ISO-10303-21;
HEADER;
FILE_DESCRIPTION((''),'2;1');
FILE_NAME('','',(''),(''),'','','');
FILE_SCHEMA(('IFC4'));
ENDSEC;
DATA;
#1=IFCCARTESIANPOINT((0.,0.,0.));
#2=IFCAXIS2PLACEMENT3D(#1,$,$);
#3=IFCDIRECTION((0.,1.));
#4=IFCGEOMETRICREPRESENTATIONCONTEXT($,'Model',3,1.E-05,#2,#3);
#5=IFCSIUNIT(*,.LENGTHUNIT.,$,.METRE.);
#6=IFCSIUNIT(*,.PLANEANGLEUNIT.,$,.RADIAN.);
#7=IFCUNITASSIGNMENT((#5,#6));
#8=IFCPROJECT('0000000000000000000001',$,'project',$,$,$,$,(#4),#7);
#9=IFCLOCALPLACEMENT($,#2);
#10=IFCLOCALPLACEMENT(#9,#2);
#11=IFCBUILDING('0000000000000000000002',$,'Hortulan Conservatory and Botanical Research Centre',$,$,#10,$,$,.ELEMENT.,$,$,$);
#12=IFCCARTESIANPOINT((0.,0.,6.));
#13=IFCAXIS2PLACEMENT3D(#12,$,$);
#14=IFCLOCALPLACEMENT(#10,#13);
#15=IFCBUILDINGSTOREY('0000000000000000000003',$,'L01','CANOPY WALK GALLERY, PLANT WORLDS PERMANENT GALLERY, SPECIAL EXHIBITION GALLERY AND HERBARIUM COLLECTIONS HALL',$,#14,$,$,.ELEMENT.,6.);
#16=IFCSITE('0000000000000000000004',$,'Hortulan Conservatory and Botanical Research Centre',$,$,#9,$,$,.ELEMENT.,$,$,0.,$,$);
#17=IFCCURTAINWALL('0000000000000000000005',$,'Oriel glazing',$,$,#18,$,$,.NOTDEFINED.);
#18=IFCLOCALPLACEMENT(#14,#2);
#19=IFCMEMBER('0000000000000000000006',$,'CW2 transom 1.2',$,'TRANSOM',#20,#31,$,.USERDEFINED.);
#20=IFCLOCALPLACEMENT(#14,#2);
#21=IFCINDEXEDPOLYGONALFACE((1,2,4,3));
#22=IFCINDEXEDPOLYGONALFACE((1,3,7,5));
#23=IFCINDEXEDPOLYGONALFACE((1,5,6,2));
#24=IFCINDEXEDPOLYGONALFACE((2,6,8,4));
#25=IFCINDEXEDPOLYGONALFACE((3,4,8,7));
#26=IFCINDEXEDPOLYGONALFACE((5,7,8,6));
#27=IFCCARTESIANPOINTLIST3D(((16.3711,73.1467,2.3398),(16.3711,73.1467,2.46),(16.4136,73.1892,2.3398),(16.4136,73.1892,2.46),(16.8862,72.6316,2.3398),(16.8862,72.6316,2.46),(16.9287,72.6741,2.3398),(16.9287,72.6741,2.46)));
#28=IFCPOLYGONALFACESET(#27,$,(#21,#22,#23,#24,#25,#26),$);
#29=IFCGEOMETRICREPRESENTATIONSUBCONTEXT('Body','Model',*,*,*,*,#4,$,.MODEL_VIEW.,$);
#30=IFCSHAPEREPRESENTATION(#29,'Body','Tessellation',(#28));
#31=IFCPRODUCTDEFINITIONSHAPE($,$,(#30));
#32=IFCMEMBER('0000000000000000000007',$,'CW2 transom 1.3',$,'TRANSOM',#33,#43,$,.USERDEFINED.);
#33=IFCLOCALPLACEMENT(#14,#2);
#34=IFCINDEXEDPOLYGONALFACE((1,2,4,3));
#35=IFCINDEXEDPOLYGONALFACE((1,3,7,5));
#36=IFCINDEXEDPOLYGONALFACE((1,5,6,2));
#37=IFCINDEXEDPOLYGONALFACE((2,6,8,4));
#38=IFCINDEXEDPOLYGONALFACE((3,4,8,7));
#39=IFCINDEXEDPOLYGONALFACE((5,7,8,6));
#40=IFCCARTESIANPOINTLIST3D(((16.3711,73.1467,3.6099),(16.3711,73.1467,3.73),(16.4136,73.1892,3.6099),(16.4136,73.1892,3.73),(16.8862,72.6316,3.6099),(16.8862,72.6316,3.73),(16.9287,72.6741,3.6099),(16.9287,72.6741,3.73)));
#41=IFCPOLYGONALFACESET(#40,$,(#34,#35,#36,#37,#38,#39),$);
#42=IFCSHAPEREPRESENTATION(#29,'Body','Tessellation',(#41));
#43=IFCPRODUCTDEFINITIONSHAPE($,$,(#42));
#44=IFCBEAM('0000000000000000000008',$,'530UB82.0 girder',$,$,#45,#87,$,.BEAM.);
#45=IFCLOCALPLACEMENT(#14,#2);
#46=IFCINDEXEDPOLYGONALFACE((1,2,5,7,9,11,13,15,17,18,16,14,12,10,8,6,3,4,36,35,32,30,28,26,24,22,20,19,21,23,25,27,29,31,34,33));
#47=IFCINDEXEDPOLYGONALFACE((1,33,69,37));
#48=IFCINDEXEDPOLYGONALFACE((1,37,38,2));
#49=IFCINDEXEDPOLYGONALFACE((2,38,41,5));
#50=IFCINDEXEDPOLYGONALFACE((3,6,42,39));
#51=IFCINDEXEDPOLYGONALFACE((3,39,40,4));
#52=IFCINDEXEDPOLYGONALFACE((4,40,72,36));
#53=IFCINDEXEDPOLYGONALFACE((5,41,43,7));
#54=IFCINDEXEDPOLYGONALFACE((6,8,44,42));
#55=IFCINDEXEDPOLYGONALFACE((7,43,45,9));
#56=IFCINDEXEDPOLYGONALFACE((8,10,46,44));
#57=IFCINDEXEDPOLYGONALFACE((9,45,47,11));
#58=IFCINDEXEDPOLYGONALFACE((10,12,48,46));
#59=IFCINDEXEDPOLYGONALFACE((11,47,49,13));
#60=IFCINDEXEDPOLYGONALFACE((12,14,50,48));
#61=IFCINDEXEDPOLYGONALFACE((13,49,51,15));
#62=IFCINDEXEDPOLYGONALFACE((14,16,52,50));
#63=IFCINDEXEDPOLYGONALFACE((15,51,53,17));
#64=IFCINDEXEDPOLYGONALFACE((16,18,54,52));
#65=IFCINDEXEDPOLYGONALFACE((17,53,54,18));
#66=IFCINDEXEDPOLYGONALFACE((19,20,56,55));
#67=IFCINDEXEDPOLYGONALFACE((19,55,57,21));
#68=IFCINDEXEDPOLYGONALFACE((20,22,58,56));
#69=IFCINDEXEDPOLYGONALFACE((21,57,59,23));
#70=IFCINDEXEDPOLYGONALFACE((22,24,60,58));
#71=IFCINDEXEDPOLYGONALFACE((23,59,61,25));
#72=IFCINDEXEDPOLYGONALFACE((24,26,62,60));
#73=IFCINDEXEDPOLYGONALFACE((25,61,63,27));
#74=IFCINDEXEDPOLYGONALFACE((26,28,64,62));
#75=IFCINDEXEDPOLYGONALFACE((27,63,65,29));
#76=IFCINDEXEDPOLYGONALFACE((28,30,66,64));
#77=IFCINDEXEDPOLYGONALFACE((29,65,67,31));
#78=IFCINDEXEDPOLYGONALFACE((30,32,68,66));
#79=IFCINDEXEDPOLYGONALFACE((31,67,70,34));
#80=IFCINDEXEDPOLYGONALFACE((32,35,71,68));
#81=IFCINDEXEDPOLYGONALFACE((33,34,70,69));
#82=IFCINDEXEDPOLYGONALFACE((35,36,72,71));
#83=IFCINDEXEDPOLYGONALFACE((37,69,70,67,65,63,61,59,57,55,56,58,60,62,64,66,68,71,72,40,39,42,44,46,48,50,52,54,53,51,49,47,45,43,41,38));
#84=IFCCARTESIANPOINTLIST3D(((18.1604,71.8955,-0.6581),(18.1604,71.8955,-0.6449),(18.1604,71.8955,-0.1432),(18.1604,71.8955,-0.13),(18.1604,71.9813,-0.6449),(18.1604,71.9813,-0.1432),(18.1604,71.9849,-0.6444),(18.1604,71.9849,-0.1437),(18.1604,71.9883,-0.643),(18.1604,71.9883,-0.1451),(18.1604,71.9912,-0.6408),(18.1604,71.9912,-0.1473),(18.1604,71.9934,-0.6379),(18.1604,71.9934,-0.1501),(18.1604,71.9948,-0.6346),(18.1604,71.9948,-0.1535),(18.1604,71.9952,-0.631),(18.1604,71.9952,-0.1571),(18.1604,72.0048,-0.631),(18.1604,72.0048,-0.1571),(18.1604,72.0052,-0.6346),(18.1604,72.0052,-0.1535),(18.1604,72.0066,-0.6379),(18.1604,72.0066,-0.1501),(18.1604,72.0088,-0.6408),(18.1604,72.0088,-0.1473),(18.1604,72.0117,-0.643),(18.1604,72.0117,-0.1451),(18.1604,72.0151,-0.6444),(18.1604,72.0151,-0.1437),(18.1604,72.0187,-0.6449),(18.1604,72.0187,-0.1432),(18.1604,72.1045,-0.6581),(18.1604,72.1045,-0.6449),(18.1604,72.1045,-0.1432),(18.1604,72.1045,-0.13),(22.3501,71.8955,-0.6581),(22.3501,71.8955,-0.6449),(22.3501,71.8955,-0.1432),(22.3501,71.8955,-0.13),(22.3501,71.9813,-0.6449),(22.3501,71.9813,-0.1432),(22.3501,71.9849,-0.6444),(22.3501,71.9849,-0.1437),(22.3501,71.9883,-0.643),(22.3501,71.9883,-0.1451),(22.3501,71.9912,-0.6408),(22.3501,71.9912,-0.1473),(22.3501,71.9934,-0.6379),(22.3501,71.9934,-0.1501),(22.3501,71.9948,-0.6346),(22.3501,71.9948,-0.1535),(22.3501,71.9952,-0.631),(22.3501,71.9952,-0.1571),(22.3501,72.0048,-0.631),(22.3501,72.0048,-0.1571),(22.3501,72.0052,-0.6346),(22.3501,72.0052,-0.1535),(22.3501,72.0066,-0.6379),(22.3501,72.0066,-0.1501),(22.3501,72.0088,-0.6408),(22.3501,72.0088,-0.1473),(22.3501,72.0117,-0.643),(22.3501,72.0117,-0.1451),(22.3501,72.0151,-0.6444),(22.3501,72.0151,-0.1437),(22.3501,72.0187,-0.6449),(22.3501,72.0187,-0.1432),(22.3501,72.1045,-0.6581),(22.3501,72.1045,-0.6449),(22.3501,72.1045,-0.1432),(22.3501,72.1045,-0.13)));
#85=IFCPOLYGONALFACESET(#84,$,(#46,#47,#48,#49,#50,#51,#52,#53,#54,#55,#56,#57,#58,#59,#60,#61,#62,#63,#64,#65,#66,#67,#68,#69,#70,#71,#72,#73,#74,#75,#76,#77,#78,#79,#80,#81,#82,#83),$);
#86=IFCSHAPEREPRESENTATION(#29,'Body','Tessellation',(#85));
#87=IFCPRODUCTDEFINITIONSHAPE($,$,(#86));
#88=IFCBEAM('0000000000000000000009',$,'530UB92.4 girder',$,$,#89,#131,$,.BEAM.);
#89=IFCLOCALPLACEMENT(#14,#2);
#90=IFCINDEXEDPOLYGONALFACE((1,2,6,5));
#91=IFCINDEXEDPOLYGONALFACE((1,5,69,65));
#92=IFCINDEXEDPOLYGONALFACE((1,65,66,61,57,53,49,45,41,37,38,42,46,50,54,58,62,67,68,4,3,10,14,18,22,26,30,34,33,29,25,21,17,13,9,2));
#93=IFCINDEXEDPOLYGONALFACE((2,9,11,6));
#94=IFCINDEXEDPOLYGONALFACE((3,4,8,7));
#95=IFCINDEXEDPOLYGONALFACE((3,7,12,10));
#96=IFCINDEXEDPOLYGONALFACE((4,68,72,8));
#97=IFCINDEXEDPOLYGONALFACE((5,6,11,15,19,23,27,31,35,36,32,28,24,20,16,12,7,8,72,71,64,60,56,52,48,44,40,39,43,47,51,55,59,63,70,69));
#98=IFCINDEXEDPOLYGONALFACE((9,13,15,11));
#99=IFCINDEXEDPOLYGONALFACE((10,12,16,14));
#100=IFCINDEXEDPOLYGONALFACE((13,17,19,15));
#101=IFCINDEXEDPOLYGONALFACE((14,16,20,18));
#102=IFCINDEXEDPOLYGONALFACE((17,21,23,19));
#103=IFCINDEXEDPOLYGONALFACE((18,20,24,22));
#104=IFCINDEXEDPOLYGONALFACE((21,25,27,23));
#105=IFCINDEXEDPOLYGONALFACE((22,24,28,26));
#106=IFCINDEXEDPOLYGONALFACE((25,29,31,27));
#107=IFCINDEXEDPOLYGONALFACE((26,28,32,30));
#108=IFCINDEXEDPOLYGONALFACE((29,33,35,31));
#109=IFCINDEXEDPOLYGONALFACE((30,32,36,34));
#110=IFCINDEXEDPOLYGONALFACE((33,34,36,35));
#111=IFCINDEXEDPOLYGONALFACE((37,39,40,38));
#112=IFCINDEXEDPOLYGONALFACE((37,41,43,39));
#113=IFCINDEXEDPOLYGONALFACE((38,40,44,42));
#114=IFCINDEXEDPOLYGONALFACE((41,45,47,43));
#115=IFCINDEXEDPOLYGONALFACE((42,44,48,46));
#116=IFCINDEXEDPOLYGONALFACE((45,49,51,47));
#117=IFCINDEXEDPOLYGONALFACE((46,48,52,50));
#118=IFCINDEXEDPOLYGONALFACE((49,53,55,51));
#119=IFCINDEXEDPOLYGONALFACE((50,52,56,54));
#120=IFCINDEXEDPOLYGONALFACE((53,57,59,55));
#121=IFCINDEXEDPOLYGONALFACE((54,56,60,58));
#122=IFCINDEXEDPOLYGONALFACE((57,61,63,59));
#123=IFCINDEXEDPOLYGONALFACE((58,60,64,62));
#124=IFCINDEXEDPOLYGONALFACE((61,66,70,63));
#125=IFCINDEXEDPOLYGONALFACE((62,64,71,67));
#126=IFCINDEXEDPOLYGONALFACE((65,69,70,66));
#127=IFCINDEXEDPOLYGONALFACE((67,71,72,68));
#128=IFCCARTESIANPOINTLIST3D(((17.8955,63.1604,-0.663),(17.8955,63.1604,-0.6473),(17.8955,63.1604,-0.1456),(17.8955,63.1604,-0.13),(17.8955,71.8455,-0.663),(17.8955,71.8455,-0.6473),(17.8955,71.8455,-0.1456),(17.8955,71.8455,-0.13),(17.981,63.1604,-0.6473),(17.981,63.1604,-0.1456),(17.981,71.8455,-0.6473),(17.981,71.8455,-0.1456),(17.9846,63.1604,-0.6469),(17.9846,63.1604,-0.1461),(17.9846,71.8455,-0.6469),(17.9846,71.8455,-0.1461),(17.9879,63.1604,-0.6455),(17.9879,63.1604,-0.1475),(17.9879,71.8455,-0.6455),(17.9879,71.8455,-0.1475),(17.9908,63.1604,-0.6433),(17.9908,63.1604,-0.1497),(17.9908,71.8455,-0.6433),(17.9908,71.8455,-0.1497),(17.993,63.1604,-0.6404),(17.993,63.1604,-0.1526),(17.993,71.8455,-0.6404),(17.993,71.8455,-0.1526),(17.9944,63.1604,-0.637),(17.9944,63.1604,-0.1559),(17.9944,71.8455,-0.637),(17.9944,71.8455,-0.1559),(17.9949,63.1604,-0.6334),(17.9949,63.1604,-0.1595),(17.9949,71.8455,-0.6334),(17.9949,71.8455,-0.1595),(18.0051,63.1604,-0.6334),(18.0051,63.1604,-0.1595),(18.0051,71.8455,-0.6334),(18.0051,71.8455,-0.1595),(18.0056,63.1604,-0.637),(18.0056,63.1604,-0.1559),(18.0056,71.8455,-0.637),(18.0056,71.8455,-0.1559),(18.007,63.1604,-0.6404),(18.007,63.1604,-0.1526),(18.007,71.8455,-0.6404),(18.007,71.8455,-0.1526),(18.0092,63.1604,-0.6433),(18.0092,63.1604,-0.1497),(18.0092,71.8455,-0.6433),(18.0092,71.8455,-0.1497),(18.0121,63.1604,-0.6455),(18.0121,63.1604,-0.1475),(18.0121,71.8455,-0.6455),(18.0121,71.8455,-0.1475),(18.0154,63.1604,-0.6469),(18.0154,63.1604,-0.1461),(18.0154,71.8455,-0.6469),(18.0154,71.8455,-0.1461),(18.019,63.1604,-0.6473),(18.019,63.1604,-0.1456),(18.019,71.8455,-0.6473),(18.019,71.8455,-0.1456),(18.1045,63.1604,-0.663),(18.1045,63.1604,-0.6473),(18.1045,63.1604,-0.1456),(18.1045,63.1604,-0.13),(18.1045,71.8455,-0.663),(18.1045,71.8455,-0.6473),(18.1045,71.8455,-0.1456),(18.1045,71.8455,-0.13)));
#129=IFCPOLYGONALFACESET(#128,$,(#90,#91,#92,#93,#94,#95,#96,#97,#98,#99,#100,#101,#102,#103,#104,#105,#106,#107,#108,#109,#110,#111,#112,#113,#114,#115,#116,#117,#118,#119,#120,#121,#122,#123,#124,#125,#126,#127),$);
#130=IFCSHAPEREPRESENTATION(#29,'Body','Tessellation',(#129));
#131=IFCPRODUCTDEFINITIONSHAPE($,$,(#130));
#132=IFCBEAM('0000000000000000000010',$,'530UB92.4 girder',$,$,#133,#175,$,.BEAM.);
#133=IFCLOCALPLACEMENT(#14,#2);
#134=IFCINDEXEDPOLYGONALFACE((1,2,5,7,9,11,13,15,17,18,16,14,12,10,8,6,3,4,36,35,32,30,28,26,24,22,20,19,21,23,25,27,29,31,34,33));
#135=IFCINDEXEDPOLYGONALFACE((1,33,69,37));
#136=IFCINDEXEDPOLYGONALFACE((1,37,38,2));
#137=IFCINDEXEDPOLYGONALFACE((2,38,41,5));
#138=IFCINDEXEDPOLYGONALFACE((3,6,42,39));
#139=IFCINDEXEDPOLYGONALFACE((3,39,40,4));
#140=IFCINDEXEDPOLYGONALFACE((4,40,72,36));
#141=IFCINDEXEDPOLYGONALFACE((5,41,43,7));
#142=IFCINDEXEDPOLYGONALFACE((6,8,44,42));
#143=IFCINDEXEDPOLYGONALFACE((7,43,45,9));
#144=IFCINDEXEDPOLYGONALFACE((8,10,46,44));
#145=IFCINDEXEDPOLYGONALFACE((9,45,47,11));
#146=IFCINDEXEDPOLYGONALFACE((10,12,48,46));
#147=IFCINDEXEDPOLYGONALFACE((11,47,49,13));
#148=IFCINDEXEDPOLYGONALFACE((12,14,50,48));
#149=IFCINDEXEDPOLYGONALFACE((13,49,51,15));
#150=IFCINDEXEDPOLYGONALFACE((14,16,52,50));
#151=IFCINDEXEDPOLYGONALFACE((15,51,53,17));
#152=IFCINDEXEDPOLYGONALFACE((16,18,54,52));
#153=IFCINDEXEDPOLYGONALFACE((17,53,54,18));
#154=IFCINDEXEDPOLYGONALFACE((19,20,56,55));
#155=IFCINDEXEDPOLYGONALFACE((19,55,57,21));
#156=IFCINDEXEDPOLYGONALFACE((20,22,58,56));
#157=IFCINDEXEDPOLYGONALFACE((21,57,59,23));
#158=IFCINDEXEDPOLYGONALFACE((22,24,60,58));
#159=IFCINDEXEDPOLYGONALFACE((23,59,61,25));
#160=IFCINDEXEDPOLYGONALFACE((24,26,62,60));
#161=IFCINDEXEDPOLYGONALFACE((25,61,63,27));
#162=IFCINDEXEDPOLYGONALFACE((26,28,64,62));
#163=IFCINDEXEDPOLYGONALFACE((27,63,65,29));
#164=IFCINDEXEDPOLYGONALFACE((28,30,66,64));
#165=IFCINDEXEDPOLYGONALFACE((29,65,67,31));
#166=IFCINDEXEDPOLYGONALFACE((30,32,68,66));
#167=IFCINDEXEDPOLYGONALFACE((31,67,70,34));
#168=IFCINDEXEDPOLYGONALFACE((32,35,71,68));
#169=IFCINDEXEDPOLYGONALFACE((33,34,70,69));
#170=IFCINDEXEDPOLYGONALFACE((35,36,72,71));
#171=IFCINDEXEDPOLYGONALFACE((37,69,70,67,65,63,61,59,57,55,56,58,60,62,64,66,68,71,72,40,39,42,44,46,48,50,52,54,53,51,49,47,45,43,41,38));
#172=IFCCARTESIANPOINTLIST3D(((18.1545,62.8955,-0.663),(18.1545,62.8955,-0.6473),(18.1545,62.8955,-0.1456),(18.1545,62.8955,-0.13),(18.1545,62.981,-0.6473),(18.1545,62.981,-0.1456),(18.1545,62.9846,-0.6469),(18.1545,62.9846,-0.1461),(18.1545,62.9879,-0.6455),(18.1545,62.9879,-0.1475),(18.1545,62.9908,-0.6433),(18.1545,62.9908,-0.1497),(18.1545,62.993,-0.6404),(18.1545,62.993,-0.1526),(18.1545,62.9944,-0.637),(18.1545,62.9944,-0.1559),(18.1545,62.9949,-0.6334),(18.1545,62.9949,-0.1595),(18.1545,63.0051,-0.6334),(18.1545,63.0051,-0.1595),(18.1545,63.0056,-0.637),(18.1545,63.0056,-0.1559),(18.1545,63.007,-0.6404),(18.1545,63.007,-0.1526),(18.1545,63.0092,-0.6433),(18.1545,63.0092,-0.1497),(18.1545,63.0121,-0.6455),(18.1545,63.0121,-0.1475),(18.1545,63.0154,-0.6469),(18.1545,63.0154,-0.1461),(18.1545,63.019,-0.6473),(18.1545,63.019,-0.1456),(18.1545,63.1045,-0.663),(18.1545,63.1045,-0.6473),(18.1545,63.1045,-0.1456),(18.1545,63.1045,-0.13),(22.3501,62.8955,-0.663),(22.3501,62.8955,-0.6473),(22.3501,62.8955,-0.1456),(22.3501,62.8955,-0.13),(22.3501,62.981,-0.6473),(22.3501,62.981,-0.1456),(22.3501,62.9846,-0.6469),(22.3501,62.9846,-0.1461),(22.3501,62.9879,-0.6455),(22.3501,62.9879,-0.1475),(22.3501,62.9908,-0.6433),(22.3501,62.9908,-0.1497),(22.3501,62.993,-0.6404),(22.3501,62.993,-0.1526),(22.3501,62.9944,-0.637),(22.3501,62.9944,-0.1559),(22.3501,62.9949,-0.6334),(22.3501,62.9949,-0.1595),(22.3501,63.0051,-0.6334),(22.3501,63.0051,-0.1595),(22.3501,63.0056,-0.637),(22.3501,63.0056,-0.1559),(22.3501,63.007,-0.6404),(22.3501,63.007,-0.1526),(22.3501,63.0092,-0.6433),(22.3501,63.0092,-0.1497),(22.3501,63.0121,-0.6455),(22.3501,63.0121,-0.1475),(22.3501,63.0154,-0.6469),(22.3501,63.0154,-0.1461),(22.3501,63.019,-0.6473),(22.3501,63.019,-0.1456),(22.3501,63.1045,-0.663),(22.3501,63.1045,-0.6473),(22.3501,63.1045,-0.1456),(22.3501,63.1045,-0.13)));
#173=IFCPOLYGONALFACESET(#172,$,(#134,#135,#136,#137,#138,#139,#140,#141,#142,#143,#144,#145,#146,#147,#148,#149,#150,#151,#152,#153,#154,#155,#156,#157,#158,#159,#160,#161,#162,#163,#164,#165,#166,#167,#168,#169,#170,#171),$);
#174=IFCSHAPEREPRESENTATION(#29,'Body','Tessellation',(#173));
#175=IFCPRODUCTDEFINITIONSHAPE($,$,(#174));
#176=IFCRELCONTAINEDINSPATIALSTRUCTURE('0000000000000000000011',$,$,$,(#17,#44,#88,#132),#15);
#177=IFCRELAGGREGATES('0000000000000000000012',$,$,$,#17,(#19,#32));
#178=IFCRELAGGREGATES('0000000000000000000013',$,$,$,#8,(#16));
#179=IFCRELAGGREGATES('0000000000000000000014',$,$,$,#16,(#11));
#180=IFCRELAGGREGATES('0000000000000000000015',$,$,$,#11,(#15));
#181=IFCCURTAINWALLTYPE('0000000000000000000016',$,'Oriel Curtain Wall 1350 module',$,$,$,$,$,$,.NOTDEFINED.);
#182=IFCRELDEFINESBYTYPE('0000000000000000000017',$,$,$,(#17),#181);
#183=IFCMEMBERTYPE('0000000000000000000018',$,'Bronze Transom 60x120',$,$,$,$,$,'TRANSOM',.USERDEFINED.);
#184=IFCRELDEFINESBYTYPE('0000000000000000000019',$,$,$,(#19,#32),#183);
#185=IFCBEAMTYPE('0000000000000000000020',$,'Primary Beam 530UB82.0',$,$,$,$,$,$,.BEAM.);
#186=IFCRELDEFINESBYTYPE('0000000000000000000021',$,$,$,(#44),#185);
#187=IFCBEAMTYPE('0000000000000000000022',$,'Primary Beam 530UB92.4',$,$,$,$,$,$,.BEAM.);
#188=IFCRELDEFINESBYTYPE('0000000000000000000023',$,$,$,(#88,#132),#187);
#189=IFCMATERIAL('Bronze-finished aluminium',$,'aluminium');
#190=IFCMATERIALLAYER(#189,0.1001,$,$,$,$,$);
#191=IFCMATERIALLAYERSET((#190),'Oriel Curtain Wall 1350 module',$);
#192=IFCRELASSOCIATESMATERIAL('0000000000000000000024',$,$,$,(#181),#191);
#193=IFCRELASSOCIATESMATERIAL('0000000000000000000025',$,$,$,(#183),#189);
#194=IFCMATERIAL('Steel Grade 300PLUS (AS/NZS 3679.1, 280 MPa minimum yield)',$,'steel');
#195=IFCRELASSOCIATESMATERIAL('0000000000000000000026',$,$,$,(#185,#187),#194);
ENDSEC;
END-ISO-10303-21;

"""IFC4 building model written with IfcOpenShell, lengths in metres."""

from ifc_helpers import new_model, si_unit, direction, frame, origin, origin_2d, place, context, subcontext, project, spatial, rectangle, i_section, extrude, material, layer, layer_set, material_profile, profile_set, type_object, element, aggregate, save


model = new_model("IFC4")

# Units and contexts
model_context = context("Model", 3, precision=1e-05, world=origin(), true_north=direction((0.0, 1.0)))
body_context = subcontext(model_context, "Body", "Model", "MODEL_VIEW")
ifc_project = project(units=[si_unit("LENGTHUNIT", "METRE"), si_unit("PLANEANGLEUNIT", "RADIAN")], contexts=[model_context])

# Site, building, storey
site_placement = place(None, origin())
site = spatial("IfcSite", under=ifc_project, at=site_placement, Name="Hortulan Conservatory and Botanical Research Centre", CompositionType="ELEMENT", RefElevation=0.0)
building_placement = place(site_placement, origin())
building = spatial("IfcBuilding", under=site, at=building_placement, Name="Hortulan Conservatory and Botanical Research Centre", CompositionType="ELEMENT")
storey_placement = place(building_placement, frame((0.0, 0.0, 6.0)))
storey = spatial("IfcBuildingStorey", under=building, at=storey_placement, Name="L01", Description="CANOPY WALK GALLERY, PLANT WORLDS PERMANENT GALLERY, SPECIAL EXHIBITION GALLERY AND HERBARIUM COLLECTIONS HALL", CompositionType="ELEMENT", Elevation=6.0)

# Shared definitions
ifc_material_1 = material(Name="Steel Grade 300PLUS (AS/NZS 3679.1, 280 MPa minimum yield)", Category="steel")

# Shared definitions
ifc_material_2 = material(Name="Bronze-finished aluminium", Category="aluminium")
ifc_layer_1 = layer(ifc_material_2, 0.1001)
ifc_layer_set_1 = layer_set([ifc_layer_1], Name="Oriel Curtain Wall 1350 module")
curtain_wall_type = type_object("IfcCurtainWallType", Name="Oriel Curtain Wall 1350 module", PredefinedType="NOTDEFINED", material=ifc_layer_set_1)

# Curtain wall
curtain_wall_1_placement = place(storey_placement, origin())
curtain_wall_1 = element("IfcCurtainWall", 1, at=curtain_wall_1_placement, inside=storey, type_object=curtain_wall_type, Name="Oriel glazing", PredefinedType="NOTDEFINED")

# Members
ifc_material_profile_1 = material_profile(ifc_material_2, rectangle(XDim=0.0601, YDim=0.1201, at=origin_2d()), Name="Bronze Transom 60x120")
ifc_profile_set_1 = profile_set([ifc_material_profile_1], Name="Bronze-finished aluminium")
member_type_1 = type_object("IfcMemberType", Name="Bronze Transom 60x120", ElementType="TRANSOM", PredefinedType="USERDEFINED", material=ifc_profile_set_1)
member_1_placement = place(storey_placement, frame((16.3923, 73.168, 2.3999), z_axis=(0.707107, -0.707107, 0.0), x_axis=(0.707107, 0.707107, 0.0)))
member_1 = element("IfcMember", 2, at=member_1_placement, type_object=member_type_1, Name="CW2 transom 1.2", ObjectType="TRANSOM", PredefinedType="USERDEFINED", context=body_context, shape_type="SweptSolid", body=[
    extrude(rectangle(XDim=0.0601, YDim=0.1201, at=origin_2d()), origin(), (0.0, 0.0, 1.0), 0.7285),
])
member_2_placement = place(storey_placement, frame((16.3923, 73.168, 3.6699), z_axis=(0.707107, -0.707107, 0.0), x_axis=(0.707107, 0.707107, 0.0)))
member_2 = element("IfcMember", 3, at=member_2_placement, type_object=member_type_1, Name="CW2 transom 1.3", ObjectType="TRANSOM", PredefinedType="USERDEFINED", context=body_context, shape_type="SweptSolid", body=[
    extrude(rectangle(XDim=0.0601, YDim=0.1201, at=origin_2d()), origin(), (0.0, 0.0, 1.0), 0.7285),
])

# Beams
ifc_material_profile_2 = material_profile(ifc_material_1, i_section(OverallWidth=0.209, OverallDepth=0.5281, WebThickness=0.0095, FlangeThickness=0.0132, FilletRadius=0.0139, at=origin_2d()), Name="530UB82.0")
ifc_profile_set_2 = profile_set([ifc_material_profile_2], Name="Steel Grade 300PLUS (AS/NZS 3679.1, 280 MPa minimum yield)")
beam_type_1 = type_object("IfcBeamType", Name="Primary Beam 530UB82.0", PredefinedType="BEAM", material=ifc_profile_set_2)
beam_1_placement = place(storey_placement, frame((18.1604, 72.0, -0.394), z_axis=(1.0, 0.0, 0.0), x_axis=(0.0, 1.0, 0.0)))
element("IfcBeam", 4, at=beam_1_placement, inside=storey, type_object=beam_type_1, Name="530UB82.0 girder", PredefinedType="BEAM", context=body_context, shape_type="SweptSolid", body=[
    extrude(i_section(OverallWidth=0.209, OverallDepth=0.5281, WebThickness=0.0095, FlangeThickness=0.0132, FilletRadius=0.0139, at=origin_2d()), origin(), (0.0, 0.0, 1.0), 4.1897),
])
ifc_material_profile_3 = material_profile(ifc_material_1, i_section(OverallWidth=0.209, OverallDepth=0.533, WebThickness=0.0103, FlangeThickness=0.0156, FilletRadius=0.0139, at=origin_2d()), Name="530UB92.4")
ifc_profile_set_3 = profile_set([ifc_material_profile_3], Name="Steel Grade 300PLUS (AS/NZS 3679.1, 280 MPa minimum yield)")
beam_type_2 = type_object("IfcBeamType", Name="Primary Beam 530UB92.4", PredefinedType="BEAM", material=ifc_profile_set_3)
beam_2_placement = place(storey_placement, frame((18.0, 63.1604, -0.3965), z_axis=(0.0, 1.0, 0.0), x_axis=(-1.0, 0.0, 0.0)))
element("IfcBeam", 5, at=beam_2_placement, inside=storey, type_object=beam_type_2, Name="530UB92.4 girder", PredefinedType="BEAM", context=body_context, shape_type="SweptSolid", body=[
    extrude(i_section(OverallWidth=0.209, OverallDepth=0.533, WebThickness=0.0103, FlangeThickness=0.0156, FilletRadius=0.0139, at=origin_2d()), origin(), (0.0, 0.0, 1.0), 8.6851),
])
beam_3_placement = place(storey_placement, frame((18.1545, 63.0, -0.3965), z_axis=(1.0, 0.0, 0.0), x_axis=(0.0, 1.0, 0.0)))
element("IfcBeam", 6, at=beam_3_placement, inside=storey, type_object=beam_type_2, Name="530UB92.4 girder", PredefinedType="BEAM", context=body_context, shape_type="SweptSolid", body=[
    extrude(i_section(OverallWidth=0.209, OverallDepth=0.533, WebThickness=0.0103, FlangeThickness=0.0156, FilletRadius=0.0139, at=origin_2d()), origin(), (0.0, 0.0, 1.0), 4.1956),
])

aggregate(curtain_wall_1, [member_1, member_2])

save(model, "model.ifc")
